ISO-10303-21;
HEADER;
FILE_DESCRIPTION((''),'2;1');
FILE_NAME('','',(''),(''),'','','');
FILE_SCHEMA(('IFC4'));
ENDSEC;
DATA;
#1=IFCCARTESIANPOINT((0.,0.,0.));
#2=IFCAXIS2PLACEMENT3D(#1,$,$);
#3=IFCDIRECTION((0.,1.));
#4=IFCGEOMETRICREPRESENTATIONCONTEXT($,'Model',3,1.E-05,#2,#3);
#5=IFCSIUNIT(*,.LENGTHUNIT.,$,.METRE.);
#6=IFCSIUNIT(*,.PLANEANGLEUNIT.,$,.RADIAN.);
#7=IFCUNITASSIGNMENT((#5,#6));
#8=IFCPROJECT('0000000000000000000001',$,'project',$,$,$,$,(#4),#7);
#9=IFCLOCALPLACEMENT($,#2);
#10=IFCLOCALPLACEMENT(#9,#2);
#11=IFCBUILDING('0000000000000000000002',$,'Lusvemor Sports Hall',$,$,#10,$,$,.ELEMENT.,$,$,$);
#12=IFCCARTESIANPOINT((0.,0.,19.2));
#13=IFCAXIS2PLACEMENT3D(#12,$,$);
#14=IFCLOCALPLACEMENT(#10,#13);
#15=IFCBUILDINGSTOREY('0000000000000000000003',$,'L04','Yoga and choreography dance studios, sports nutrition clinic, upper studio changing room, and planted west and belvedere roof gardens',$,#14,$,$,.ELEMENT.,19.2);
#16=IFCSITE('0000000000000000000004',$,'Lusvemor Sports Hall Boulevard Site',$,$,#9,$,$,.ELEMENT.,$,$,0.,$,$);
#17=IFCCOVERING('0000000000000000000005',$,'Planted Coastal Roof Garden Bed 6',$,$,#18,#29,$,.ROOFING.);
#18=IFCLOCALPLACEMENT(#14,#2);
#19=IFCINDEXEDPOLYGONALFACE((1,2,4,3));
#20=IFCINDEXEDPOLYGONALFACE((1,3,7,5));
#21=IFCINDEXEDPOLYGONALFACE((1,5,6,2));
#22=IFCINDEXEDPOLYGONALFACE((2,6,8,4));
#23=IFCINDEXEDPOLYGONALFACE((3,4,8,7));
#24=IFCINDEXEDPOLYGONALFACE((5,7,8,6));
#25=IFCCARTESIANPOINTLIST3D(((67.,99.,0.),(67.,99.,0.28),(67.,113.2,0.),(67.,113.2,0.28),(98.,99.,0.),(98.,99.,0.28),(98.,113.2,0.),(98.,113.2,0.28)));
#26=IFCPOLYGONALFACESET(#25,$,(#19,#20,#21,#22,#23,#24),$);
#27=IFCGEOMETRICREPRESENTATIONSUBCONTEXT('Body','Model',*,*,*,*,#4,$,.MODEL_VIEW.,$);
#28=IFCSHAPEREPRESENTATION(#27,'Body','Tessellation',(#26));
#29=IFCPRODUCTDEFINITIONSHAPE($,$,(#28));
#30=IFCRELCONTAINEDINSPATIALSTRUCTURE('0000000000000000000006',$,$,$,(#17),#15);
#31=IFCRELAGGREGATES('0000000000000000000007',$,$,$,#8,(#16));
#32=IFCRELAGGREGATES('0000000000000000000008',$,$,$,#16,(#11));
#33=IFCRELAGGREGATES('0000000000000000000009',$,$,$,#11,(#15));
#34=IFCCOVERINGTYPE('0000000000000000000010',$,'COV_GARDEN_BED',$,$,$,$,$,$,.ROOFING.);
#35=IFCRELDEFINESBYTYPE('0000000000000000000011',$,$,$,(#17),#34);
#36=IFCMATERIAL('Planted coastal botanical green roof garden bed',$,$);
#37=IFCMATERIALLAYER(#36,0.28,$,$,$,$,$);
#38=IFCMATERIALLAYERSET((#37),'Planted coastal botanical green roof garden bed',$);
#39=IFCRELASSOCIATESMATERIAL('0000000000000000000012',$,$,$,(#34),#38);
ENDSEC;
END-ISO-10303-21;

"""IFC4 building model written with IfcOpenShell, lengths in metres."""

from ifc_helpers import new_model, si_unit, direction, frame, origin, place, context, subcontext, project, spatial, polyline, outline, extrude, material, layer, layer_set, type_object, element, save


model = new_model("IFC4")

# Units and contexts
model_context = context("Model", 3, precision=1e-05, world=origin(), true_north=direction((0.0, 1.0)))
body_context = subcontext(model_context, "Body", "Model", "MODEL_VIEW")
ifc_project = project(units=[si_unit("LENGTHUNIT", "METRE"), si_unit("PLANEANGLEUNIT", "RADIAN")], contexts=[model_context])

# Site, building, storey
site_placement = place(None, origin())
site = spatial("IfcSite", under=ifc_project, at=site_placement, Name="Lusvemor Sports Hall Boulevard Site", CompositionType="ELEMENT", RefElevation=0.0)
building_placement = place(site_placement, origin())
building = spatial("IfcBuilding", under=site, at=building_placement, Name="Lusvemor Sports Hall", CompositionType="ELEMENT")
storey_placement = place(building_placement, frame((0.0, 0.0, 19.2)))
storey = spatial("IfcBuildingStorey", under=building, at=storey_placement, Name="L04", Description="Yoga and choreography dance studios, sports nutrition clinic, upper studio changing room, and planted west and belvedere roof gardens", CompositionType="ELEMENT", Elevation=19.2)

# Covering
ifc_material_1 = material(Name="Planted coastal botanical green roof garden bed")
ifc_layer_1 = layer(ifc_material_1, 0.28)
ifc_layer_set_1 = layer_set([ifc_layer_1], Name="Planted coastal botanical green roof garden bed")
covering_type_1 = type_object("IfcCoveringType", Name="COV_GARDEN_BED", PredefinedType="ROOFING", material=ifc_layer_set_1)
covering_1_placement = place(storey_placement, origin())
element("IfcCovering", 1, at=covering_1_placement, inside=storey, type_object=covering_type_1, Name="Planted Coastal Roof Garden Bed 6", PredefinedType="ROOFING", context=body_context, shape_type="SweptSolid", body=[
    extrude(outline(polyline([(67.0, 99.0), (98.0, 99.0), (98.0, 113.2), (67.0, 113.2), (67.0, 99.0)])), origin(), (0.0, 0.0, 1.0), 0.28),
])

save(model, "model.ifc")
